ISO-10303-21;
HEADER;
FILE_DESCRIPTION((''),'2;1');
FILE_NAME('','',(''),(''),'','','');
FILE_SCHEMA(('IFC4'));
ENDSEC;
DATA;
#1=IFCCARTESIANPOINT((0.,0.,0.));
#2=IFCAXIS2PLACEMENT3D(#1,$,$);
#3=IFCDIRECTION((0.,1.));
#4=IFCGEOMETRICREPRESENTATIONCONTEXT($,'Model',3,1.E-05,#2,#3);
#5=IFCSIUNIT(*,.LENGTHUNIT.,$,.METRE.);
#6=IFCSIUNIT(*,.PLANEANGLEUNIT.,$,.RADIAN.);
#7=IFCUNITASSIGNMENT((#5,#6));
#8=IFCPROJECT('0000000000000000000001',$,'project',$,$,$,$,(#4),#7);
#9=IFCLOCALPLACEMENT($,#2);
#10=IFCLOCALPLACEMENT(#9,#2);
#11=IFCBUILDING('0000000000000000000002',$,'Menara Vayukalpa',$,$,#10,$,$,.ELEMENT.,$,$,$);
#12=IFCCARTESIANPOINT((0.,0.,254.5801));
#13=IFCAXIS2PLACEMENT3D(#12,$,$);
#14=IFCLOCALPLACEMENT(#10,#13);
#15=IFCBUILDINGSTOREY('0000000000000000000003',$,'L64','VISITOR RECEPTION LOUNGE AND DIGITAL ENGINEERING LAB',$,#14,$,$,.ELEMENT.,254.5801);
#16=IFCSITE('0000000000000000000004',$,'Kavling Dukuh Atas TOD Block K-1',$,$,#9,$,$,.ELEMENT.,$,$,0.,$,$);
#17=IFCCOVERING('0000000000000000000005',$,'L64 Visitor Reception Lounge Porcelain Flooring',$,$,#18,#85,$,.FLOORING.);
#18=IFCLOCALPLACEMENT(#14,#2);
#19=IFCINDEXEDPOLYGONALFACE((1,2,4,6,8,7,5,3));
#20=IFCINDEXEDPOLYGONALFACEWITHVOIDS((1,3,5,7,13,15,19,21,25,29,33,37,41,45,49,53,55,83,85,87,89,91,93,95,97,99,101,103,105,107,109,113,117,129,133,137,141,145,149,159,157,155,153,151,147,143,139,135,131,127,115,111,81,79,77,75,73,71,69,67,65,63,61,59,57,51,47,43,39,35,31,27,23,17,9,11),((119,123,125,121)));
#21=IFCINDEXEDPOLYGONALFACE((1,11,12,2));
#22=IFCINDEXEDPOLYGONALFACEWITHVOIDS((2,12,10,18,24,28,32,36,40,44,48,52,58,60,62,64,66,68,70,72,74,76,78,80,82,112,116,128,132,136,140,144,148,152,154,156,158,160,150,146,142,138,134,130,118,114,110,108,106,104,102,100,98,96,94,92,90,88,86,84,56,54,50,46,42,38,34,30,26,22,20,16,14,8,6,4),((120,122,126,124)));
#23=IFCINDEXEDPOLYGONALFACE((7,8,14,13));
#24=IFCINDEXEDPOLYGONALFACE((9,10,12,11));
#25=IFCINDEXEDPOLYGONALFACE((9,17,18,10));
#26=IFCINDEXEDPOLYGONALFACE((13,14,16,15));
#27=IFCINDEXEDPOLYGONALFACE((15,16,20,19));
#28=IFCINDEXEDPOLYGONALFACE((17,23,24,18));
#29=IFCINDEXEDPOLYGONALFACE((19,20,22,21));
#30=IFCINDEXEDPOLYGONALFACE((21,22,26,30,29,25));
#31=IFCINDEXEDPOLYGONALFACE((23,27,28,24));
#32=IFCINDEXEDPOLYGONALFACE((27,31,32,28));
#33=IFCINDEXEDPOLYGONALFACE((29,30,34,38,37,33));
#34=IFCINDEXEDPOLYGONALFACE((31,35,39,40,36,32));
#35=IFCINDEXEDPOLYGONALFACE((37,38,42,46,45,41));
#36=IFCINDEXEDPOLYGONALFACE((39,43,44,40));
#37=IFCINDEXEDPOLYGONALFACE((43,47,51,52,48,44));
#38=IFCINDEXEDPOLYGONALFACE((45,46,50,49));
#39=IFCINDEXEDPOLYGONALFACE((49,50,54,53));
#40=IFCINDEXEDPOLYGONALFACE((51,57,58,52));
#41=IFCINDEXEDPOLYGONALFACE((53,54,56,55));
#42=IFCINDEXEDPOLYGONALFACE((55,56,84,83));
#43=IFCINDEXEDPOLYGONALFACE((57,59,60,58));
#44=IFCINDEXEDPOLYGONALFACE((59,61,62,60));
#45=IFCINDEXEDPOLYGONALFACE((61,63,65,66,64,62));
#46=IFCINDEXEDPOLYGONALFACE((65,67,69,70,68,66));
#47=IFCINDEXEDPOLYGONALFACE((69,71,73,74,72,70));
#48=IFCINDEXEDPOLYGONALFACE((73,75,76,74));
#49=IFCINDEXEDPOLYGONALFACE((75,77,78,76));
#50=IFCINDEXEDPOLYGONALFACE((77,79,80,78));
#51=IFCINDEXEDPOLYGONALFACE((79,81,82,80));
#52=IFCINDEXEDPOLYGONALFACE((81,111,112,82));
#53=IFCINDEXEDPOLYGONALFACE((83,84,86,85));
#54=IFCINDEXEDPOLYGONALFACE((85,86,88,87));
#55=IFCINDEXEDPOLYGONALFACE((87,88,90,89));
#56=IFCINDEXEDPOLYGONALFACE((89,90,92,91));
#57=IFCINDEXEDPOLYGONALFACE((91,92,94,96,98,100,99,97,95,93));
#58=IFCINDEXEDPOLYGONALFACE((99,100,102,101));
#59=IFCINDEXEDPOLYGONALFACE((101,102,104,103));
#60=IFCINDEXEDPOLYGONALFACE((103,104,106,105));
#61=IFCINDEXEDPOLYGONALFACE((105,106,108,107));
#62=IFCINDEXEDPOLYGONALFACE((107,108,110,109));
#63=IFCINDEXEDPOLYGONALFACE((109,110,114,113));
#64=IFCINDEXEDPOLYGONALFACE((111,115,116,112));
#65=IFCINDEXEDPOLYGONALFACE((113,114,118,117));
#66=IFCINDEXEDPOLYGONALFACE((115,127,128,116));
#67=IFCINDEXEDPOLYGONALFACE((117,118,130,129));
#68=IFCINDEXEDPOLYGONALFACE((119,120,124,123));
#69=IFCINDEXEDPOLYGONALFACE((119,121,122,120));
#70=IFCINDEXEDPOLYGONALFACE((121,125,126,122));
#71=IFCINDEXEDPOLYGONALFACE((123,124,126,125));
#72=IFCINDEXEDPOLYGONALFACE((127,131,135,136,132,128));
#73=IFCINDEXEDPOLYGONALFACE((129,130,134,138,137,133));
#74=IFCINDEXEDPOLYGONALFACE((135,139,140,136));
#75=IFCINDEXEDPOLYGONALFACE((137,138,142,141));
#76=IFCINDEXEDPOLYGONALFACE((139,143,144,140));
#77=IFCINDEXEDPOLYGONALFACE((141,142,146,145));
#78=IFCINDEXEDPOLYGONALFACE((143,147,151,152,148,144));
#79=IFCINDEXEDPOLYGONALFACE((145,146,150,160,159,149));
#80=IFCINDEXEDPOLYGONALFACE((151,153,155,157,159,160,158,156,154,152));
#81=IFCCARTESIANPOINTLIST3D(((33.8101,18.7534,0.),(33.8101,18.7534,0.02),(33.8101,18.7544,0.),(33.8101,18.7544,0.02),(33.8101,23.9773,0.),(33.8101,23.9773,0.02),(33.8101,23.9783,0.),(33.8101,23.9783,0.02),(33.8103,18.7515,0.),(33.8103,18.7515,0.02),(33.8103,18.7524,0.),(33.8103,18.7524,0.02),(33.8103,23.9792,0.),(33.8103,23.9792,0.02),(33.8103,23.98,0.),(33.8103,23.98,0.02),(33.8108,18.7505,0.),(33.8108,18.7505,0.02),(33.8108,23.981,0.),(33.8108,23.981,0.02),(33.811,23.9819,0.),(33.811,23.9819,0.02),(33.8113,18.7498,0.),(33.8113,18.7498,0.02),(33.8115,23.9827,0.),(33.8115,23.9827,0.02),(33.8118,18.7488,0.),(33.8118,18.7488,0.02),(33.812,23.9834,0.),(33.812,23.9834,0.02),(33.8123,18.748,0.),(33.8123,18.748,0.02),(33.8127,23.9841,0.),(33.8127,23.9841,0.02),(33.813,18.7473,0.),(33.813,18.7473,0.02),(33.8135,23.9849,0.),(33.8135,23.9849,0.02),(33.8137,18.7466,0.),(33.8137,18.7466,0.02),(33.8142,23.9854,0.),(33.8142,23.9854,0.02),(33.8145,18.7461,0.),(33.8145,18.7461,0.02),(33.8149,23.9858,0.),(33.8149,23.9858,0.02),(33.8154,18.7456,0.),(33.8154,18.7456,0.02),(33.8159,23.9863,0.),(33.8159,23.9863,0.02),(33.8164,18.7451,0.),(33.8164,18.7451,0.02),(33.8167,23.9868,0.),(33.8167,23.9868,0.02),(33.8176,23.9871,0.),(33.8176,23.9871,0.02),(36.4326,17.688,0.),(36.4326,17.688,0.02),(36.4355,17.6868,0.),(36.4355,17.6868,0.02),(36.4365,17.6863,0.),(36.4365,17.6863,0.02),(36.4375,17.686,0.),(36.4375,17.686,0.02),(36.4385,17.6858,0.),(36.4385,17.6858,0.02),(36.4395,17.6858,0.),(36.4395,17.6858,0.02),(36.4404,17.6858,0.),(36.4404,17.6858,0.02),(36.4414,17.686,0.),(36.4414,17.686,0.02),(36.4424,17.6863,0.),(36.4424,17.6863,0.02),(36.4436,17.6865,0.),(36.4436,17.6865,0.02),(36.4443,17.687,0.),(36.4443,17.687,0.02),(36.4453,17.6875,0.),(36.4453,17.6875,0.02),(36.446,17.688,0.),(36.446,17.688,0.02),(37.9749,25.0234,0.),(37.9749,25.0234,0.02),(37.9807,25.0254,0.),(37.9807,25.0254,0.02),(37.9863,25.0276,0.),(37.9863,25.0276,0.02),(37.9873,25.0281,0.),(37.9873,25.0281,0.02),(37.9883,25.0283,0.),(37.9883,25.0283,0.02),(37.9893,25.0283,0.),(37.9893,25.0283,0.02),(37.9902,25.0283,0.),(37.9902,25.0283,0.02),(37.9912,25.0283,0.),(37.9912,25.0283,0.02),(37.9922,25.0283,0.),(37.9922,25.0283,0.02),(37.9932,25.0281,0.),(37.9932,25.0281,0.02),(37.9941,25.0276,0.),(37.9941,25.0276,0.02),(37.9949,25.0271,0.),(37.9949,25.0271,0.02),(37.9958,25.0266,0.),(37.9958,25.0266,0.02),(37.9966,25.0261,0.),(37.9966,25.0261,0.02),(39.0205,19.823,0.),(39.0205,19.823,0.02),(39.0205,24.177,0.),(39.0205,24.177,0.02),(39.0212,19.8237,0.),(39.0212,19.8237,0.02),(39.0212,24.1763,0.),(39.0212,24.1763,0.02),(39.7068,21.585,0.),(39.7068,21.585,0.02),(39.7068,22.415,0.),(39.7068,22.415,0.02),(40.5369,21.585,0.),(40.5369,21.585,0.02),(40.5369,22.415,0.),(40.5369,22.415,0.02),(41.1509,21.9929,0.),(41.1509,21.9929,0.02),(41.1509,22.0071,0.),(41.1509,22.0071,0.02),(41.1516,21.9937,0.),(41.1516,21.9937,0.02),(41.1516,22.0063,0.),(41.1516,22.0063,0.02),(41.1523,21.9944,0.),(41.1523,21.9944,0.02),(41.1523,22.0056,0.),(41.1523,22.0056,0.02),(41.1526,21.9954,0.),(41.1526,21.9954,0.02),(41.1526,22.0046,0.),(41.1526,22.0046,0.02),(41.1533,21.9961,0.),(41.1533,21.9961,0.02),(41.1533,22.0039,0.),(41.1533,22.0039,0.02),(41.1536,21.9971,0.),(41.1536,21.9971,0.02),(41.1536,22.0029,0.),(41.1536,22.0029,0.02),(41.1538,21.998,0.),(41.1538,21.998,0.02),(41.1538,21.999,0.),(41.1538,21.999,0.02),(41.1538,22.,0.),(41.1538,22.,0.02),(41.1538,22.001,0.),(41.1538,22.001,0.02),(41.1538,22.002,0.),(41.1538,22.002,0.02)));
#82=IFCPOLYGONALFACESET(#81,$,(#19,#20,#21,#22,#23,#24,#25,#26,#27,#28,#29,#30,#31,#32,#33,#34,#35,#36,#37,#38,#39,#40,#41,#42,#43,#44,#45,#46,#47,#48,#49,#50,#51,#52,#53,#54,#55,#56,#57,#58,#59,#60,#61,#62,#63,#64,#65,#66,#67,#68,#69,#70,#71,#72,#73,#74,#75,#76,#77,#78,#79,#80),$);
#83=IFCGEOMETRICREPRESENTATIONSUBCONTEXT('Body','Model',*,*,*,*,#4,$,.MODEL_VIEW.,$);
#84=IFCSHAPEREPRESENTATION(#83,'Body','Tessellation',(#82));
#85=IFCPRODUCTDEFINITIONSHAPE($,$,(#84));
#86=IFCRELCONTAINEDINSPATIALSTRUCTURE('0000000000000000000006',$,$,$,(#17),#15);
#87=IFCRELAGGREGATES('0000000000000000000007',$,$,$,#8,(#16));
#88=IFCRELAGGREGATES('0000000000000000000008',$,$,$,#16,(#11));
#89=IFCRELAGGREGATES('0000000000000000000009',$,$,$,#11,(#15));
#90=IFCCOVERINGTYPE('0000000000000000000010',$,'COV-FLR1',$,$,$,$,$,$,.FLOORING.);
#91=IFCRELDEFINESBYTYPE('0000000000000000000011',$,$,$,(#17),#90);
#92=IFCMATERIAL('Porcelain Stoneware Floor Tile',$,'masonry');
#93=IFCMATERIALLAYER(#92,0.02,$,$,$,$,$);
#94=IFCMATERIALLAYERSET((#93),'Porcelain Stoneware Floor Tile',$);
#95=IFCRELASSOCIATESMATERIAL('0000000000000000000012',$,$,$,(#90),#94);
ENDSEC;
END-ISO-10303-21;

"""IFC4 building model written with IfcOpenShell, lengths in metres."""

from ifc_helpers import new_model, si_unit, direction, frame, origin, place, context, subcontext, project, spatial, polyline, outline, extrude, material, layer, layer_set, type_object, element, save


model = new_model("IFC4")

# Units and contexts
model_context = context("Model", 3, precision=1e-05, world=origin(), true_north=direction((0.0, 1.0)))
body_context = subcontext(model_context, "Body", "Model", "MODEL_VIEW")
ifc_project = project(units=[si_unit("LENGTHUNIT", "METRE"), si_unit("PLANEANGLEUNIT", "RADIAN")], contexts=[model_context])

# Site, building, storey
site_placement = place(None, origin())
site = spatial("IfcSite", under=ifc_project, at=site_placement, Name="Kavling Dukuh Atas TOD Block K-1", CompositionType="ELEMENT", RefElevation=0.0)
building_placement = place(site_placement, origin())
building = spatial("IfcBuilding", under=site, at=building_placement, Name="Menara Vayukalpa", CompositionType="ELEMENT")
storey_placement = place(building_placement, frame((0.0, 0.0, 254.5801)))
storey = spatial("IfcBuildingStorey", under=building, at=storey_placement, Name="L64", Description="VISITOR RECEPTION LOUNGE AND DIGITAL ENGINEERING LAB", CompositionType="ELEMENT", Elevation=254.5801)

# Covering
ifc_material_1 = material(Name="Porcelain Stoneware Floor Tile", Category="masonry")
ifc_layer_1 = layer(ifc_material_1, 0.02)
ifc_layer_set_1 = layer_set([ifc_layer_1], Name="Porcelain Stoneware Floor Tile")
covering_type_1 = type_object("IfcCoveringType", Name="COV-FLR1", PredefinedType="FLOORING", material=ifc_layer_set_1)
covering_1_placement = place(storey_placement, origin())
element("IfcCovering", 1, at=covering_1_placement, inside=storey, type_object=covering_type_1, Name="L64 Visitor Reception Lounge Porcelain Flooring", PredefinedType="FLOORING", context=body_context, shape_type="SweptSolid", body=[
    extrude(outline(polyline([(41.1509, 22.0071), (41.1516, 22.0063), (41.1523, 22.0056), (41.1526, 22.0046), (41.1533, 22.0039), (41.1536, 22.0029), (41.1538, 22.002), (41.1538, 22.001), (41.1538, 22.0), (41.1538, 21.999), (41.1538, 21.998), (41.1536, 21.9971), (41.1533, 21.9961), (41.1526, 21.9954), (41.1523, 21.9944), (41.1516, 21.9937), (41.1509, 21.9929), (39.0212, 19.8237), (39.0205, 19.823), (36.446, 17.688), (36.4453, 17.6875), (36.4443, 17.687), (36.4436, 17.6865), (36.4424, 17.6863), (36.4414, 17.686), (36.4404, 17.6858), (36.4395, 17.6858), (36.4385, 17.6858), (36.4375, 17.686), (36.4365, 17.6863), (36.4355, 17.6868), (36.4326, 17.688), (33.8164, 18.7451), (33.8154, 18.7456), (33.8145, 18.7461), (33.8137, 18.7466), (33.813, 18.7473), (33.8123, 18.748), (33.8118, 18.7488), (33.8113, 18.7498), (33.8108, 18.7505), (33.8103, 18.7515), (33.8103, 18.7524), (33.8101, 18.7534), (33.8101, 18.7544), (33.8101, 23.9773), (33.8101, 23.9783), (33.8103, 23.9792), (33.8103, 23.98), (33.8108, 23.981), (33.811, 23.9819), (33.8115, 23.9827), (33.812, 23.9834), (33.8127, 23.9841), (33.8135, 23.9849), (33.8142, 23.9854), (33.8149, 23.9858), (33.8159, 23.9863), (33.8167, 23.9868), (33.8176, 23.9871), (37.9749, 25.0234), (37.9807, 25.0254), (37.9863, 25.0276), (37.9873, 25.0281), (37.9883, 25.0283), (37.9893, 25.0283), (37.9902, 25.0283), (37.9912, 25.0283), (37.9922, 25.0283), (37.9932, 25.0281), (37.9941, 25.0276), (37.9949, 25.0271), (37.9958, 25.0266), (37.9966, 25.0261), (39.0205, 24.177), (39.0212, 24.1763), (41.1509, 22.0071)]), holes=[polyline([(40.5369, 22.415), (39.7068, 22.415), (39.7068, 21.585), (40.5369, 21.585), (40.5369, 22.415)])]), origin(), (0.0, 0.0, 1.0), 0.02),
])

save(model, "model.ifc")
